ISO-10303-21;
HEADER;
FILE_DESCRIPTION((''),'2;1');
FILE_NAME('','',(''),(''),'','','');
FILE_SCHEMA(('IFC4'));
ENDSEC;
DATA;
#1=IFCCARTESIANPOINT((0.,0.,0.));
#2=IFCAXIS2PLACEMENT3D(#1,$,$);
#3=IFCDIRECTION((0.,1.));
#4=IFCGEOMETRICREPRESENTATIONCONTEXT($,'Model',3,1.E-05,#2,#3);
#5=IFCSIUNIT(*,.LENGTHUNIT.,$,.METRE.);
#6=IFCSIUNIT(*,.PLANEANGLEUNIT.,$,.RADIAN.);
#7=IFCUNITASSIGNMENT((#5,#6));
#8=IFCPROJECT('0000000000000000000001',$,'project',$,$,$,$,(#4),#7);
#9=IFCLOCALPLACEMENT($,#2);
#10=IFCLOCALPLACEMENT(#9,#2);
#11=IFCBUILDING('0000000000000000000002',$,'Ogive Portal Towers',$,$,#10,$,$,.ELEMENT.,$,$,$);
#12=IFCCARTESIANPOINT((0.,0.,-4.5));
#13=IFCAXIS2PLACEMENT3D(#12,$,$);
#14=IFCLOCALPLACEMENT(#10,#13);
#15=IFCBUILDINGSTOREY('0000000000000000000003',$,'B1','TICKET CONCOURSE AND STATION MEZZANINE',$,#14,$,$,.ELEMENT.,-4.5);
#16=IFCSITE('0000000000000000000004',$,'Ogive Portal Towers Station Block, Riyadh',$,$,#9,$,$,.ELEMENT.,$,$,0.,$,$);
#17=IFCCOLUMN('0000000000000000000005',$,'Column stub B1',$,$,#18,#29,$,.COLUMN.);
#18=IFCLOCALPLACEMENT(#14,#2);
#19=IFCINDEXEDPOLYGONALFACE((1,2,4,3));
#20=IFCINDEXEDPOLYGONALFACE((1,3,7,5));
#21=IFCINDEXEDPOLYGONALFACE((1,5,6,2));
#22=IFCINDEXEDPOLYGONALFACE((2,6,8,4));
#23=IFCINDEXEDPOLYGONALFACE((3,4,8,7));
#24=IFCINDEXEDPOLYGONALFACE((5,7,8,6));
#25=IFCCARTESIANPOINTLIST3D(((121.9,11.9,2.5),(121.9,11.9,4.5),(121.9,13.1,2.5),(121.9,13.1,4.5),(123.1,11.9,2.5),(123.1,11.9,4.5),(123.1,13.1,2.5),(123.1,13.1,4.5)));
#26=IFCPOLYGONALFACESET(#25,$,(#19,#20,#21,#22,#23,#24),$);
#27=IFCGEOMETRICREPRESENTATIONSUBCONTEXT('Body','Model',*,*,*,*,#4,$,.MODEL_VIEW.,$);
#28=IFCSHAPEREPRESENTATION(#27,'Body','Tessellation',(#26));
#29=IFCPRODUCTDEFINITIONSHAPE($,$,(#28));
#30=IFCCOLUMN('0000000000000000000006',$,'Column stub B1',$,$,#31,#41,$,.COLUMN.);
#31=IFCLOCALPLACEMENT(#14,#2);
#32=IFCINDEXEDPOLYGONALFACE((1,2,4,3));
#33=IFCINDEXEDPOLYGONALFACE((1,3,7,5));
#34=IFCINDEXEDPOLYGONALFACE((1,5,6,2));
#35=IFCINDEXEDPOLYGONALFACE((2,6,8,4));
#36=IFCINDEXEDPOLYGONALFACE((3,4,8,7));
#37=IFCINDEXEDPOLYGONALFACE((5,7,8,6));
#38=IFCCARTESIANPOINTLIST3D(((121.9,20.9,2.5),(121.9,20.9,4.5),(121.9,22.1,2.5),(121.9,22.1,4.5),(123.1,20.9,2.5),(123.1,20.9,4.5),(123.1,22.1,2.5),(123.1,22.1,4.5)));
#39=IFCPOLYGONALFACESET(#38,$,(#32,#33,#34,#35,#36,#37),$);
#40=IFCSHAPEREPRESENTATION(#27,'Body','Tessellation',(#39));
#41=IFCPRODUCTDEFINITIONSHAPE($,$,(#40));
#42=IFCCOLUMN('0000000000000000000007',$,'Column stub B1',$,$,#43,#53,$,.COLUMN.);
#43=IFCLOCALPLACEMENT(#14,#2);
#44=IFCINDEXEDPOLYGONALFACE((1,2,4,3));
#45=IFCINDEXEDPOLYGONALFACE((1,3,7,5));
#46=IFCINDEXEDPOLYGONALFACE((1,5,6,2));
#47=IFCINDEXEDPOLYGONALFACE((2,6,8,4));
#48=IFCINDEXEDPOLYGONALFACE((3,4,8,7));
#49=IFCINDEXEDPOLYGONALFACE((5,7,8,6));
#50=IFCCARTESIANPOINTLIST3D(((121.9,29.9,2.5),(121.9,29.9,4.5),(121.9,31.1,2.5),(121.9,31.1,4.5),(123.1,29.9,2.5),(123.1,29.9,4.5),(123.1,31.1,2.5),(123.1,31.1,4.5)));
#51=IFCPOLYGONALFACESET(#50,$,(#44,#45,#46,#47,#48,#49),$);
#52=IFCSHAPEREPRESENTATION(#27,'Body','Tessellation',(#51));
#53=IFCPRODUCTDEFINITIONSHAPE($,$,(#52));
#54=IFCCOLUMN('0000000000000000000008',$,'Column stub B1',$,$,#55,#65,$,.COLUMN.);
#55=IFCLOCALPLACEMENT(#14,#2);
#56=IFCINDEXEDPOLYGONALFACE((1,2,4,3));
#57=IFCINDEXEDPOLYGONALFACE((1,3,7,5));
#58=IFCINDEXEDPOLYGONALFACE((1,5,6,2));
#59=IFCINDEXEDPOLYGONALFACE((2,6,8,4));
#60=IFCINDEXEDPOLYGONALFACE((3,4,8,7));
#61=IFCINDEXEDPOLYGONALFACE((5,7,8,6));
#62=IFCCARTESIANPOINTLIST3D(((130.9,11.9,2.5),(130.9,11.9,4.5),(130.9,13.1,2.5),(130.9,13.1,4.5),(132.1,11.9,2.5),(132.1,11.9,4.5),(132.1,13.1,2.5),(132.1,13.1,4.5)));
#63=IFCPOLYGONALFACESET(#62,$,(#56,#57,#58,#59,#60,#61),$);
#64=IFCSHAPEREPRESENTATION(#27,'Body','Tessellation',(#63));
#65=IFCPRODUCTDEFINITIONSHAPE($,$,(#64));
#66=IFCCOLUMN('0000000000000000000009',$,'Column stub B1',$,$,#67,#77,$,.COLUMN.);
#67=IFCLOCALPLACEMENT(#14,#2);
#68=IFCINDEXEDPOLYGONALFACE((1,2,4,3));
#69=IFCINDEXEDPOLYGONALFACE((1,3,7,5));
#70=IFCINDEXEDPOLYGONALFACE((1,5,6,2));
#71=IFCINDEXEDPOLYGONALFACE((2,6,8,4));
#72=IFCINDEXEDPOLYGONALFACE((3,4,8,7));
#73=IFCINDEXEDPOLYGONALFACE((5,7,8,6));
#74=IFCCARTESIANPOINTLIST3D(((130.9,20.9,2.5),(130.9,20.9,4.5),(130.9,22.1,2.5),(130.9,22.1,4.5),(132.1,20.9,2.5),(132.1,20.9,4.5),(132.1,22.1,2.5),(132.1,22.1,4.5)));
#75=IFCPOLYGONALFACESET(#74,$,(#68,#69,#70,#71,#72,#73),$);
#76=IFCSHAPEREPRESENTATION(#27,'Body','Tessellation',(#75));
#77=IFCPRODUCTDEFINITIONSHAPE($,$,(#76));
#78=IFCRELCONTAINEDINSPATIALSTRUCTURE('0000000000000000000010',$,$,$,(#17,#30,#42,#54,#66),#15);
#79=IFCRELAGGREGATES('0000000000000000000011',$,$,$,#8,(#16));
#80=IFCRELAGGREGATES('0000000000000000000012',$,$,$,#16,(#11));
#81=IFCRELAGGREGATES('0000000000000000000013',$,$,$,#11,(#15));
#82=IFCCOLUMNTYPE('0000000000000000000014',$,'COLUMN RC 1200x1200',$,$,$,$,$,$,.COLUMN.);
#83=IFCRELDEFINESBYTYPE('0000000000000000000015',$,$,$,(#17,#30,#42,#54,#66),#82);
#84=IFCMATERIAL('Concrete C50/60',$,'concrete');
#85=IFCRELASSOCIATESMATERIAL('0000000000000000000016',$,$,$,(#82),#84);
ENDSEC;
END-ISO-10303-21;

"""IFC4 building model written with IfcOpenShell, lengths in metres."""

from ifc_helpers import new_model, si_unit, direction, frame, origin, origin_2d, place, context, subcontext, project, spatial, rectangle, extrude, material, material_profile, profile_set, type_object, element, save


model = new_model("IFC4")

# Units and contexts
model_context = context("Model", 3, precision=1e-05, world=origin(), true_north=direction((0.0, 1.0)))
body_context = subcontext(model_context, "Body", "Model", "MODEL_VIEW")
ifc_project = project(units=[si_unit("LENGTHUNIT", "METRE"), si_unit("PLANEANGLEUNIT", "RADIAN")], contexts=[model_context])

# Site, building, storey
site_placement = place(None, origin())
site = spatial("IfcSite", under=ifc_project, at=site_placement, Name="Ogive Portal Towers Station Block, Riyadh", CompositionType="ELEMENT", RefElevation=0.0)
building_placement = place(site_placement, origin())
building = spatial("IfcBuilding", under=site, at=building_placement, Name="Ogive Portal Towers", CompositionType="ELEMENT")
storey_placement = place(building_placement, frame((0.0, 0.0, -4.5)))
storey = spatial("IfcBuildingStorey", under=building, at=storey_placement, Name="B1", Description="TICKET CONCOURSE AND STATION MEZZANINE", CompositionType="ELEMENT", Elevation=-4.5)

# Columns
ifc_material_1 = material(Name="Concrete C50/60", Category="concrete")
ifc_material_profile_1 = material_profile(ifc_material_1, rectangle(XDim=1.2, YDim=1.2, at=origin_2d()), Name="RC 1200x1200")
ifc_profile_set_1 = profile_set([ifc_material_profile_1], Name="Concrete C50/60")
column_type = type_object("IfcColumnType", Name="COLUMN RC 1200x1200", PredefinedType="COLUMN", material=ifc_profile_set_1)
for number, where, z_axis, x_axis, name in (
    (1, (122.5, 12.5, 2.5), (0.0, 0.0, 1.0), (1.0, 0.0, 0.0), "Column stub B1"),
    (2, (122.5, 21.5, 2.5), (0.0, 0.0, 1.0), (1.0, 0.0, 0.0), "Column stub B1"),
    (3, (122.5, 30.5, 2.5), (0.0, 0.0, 1.0), (1.0, 0.0, 0.0), "Column stub B1"),
    (4, (131.5, 12.5, 2.5), (0.0, 0.0, 1.0), (1.0, 0.0, 0.0), "Column stub B1"),
    (5, (131.5, 21.5, 2.5), (0.0, 0.0, 1.0), (1.0, 0.0, 0.0), "Column stub B1"),
):
    element("IfcColumn", number, at=place(storey_placement, frame(where, z_axis=z_axis, x_axis=x_axis)), inside=storey, type_object=column_type, Name=name, PredefinedType="COLUMN", context=body_context, shape_type="SweptSolid", body=[
        extrude(rectangle(XDim=1.2, YDim=1.2, at=origin_2d()), origin(), (0.0, 0.0, 1.0), 2.0),
    ])

save(model, "model.ifc")
